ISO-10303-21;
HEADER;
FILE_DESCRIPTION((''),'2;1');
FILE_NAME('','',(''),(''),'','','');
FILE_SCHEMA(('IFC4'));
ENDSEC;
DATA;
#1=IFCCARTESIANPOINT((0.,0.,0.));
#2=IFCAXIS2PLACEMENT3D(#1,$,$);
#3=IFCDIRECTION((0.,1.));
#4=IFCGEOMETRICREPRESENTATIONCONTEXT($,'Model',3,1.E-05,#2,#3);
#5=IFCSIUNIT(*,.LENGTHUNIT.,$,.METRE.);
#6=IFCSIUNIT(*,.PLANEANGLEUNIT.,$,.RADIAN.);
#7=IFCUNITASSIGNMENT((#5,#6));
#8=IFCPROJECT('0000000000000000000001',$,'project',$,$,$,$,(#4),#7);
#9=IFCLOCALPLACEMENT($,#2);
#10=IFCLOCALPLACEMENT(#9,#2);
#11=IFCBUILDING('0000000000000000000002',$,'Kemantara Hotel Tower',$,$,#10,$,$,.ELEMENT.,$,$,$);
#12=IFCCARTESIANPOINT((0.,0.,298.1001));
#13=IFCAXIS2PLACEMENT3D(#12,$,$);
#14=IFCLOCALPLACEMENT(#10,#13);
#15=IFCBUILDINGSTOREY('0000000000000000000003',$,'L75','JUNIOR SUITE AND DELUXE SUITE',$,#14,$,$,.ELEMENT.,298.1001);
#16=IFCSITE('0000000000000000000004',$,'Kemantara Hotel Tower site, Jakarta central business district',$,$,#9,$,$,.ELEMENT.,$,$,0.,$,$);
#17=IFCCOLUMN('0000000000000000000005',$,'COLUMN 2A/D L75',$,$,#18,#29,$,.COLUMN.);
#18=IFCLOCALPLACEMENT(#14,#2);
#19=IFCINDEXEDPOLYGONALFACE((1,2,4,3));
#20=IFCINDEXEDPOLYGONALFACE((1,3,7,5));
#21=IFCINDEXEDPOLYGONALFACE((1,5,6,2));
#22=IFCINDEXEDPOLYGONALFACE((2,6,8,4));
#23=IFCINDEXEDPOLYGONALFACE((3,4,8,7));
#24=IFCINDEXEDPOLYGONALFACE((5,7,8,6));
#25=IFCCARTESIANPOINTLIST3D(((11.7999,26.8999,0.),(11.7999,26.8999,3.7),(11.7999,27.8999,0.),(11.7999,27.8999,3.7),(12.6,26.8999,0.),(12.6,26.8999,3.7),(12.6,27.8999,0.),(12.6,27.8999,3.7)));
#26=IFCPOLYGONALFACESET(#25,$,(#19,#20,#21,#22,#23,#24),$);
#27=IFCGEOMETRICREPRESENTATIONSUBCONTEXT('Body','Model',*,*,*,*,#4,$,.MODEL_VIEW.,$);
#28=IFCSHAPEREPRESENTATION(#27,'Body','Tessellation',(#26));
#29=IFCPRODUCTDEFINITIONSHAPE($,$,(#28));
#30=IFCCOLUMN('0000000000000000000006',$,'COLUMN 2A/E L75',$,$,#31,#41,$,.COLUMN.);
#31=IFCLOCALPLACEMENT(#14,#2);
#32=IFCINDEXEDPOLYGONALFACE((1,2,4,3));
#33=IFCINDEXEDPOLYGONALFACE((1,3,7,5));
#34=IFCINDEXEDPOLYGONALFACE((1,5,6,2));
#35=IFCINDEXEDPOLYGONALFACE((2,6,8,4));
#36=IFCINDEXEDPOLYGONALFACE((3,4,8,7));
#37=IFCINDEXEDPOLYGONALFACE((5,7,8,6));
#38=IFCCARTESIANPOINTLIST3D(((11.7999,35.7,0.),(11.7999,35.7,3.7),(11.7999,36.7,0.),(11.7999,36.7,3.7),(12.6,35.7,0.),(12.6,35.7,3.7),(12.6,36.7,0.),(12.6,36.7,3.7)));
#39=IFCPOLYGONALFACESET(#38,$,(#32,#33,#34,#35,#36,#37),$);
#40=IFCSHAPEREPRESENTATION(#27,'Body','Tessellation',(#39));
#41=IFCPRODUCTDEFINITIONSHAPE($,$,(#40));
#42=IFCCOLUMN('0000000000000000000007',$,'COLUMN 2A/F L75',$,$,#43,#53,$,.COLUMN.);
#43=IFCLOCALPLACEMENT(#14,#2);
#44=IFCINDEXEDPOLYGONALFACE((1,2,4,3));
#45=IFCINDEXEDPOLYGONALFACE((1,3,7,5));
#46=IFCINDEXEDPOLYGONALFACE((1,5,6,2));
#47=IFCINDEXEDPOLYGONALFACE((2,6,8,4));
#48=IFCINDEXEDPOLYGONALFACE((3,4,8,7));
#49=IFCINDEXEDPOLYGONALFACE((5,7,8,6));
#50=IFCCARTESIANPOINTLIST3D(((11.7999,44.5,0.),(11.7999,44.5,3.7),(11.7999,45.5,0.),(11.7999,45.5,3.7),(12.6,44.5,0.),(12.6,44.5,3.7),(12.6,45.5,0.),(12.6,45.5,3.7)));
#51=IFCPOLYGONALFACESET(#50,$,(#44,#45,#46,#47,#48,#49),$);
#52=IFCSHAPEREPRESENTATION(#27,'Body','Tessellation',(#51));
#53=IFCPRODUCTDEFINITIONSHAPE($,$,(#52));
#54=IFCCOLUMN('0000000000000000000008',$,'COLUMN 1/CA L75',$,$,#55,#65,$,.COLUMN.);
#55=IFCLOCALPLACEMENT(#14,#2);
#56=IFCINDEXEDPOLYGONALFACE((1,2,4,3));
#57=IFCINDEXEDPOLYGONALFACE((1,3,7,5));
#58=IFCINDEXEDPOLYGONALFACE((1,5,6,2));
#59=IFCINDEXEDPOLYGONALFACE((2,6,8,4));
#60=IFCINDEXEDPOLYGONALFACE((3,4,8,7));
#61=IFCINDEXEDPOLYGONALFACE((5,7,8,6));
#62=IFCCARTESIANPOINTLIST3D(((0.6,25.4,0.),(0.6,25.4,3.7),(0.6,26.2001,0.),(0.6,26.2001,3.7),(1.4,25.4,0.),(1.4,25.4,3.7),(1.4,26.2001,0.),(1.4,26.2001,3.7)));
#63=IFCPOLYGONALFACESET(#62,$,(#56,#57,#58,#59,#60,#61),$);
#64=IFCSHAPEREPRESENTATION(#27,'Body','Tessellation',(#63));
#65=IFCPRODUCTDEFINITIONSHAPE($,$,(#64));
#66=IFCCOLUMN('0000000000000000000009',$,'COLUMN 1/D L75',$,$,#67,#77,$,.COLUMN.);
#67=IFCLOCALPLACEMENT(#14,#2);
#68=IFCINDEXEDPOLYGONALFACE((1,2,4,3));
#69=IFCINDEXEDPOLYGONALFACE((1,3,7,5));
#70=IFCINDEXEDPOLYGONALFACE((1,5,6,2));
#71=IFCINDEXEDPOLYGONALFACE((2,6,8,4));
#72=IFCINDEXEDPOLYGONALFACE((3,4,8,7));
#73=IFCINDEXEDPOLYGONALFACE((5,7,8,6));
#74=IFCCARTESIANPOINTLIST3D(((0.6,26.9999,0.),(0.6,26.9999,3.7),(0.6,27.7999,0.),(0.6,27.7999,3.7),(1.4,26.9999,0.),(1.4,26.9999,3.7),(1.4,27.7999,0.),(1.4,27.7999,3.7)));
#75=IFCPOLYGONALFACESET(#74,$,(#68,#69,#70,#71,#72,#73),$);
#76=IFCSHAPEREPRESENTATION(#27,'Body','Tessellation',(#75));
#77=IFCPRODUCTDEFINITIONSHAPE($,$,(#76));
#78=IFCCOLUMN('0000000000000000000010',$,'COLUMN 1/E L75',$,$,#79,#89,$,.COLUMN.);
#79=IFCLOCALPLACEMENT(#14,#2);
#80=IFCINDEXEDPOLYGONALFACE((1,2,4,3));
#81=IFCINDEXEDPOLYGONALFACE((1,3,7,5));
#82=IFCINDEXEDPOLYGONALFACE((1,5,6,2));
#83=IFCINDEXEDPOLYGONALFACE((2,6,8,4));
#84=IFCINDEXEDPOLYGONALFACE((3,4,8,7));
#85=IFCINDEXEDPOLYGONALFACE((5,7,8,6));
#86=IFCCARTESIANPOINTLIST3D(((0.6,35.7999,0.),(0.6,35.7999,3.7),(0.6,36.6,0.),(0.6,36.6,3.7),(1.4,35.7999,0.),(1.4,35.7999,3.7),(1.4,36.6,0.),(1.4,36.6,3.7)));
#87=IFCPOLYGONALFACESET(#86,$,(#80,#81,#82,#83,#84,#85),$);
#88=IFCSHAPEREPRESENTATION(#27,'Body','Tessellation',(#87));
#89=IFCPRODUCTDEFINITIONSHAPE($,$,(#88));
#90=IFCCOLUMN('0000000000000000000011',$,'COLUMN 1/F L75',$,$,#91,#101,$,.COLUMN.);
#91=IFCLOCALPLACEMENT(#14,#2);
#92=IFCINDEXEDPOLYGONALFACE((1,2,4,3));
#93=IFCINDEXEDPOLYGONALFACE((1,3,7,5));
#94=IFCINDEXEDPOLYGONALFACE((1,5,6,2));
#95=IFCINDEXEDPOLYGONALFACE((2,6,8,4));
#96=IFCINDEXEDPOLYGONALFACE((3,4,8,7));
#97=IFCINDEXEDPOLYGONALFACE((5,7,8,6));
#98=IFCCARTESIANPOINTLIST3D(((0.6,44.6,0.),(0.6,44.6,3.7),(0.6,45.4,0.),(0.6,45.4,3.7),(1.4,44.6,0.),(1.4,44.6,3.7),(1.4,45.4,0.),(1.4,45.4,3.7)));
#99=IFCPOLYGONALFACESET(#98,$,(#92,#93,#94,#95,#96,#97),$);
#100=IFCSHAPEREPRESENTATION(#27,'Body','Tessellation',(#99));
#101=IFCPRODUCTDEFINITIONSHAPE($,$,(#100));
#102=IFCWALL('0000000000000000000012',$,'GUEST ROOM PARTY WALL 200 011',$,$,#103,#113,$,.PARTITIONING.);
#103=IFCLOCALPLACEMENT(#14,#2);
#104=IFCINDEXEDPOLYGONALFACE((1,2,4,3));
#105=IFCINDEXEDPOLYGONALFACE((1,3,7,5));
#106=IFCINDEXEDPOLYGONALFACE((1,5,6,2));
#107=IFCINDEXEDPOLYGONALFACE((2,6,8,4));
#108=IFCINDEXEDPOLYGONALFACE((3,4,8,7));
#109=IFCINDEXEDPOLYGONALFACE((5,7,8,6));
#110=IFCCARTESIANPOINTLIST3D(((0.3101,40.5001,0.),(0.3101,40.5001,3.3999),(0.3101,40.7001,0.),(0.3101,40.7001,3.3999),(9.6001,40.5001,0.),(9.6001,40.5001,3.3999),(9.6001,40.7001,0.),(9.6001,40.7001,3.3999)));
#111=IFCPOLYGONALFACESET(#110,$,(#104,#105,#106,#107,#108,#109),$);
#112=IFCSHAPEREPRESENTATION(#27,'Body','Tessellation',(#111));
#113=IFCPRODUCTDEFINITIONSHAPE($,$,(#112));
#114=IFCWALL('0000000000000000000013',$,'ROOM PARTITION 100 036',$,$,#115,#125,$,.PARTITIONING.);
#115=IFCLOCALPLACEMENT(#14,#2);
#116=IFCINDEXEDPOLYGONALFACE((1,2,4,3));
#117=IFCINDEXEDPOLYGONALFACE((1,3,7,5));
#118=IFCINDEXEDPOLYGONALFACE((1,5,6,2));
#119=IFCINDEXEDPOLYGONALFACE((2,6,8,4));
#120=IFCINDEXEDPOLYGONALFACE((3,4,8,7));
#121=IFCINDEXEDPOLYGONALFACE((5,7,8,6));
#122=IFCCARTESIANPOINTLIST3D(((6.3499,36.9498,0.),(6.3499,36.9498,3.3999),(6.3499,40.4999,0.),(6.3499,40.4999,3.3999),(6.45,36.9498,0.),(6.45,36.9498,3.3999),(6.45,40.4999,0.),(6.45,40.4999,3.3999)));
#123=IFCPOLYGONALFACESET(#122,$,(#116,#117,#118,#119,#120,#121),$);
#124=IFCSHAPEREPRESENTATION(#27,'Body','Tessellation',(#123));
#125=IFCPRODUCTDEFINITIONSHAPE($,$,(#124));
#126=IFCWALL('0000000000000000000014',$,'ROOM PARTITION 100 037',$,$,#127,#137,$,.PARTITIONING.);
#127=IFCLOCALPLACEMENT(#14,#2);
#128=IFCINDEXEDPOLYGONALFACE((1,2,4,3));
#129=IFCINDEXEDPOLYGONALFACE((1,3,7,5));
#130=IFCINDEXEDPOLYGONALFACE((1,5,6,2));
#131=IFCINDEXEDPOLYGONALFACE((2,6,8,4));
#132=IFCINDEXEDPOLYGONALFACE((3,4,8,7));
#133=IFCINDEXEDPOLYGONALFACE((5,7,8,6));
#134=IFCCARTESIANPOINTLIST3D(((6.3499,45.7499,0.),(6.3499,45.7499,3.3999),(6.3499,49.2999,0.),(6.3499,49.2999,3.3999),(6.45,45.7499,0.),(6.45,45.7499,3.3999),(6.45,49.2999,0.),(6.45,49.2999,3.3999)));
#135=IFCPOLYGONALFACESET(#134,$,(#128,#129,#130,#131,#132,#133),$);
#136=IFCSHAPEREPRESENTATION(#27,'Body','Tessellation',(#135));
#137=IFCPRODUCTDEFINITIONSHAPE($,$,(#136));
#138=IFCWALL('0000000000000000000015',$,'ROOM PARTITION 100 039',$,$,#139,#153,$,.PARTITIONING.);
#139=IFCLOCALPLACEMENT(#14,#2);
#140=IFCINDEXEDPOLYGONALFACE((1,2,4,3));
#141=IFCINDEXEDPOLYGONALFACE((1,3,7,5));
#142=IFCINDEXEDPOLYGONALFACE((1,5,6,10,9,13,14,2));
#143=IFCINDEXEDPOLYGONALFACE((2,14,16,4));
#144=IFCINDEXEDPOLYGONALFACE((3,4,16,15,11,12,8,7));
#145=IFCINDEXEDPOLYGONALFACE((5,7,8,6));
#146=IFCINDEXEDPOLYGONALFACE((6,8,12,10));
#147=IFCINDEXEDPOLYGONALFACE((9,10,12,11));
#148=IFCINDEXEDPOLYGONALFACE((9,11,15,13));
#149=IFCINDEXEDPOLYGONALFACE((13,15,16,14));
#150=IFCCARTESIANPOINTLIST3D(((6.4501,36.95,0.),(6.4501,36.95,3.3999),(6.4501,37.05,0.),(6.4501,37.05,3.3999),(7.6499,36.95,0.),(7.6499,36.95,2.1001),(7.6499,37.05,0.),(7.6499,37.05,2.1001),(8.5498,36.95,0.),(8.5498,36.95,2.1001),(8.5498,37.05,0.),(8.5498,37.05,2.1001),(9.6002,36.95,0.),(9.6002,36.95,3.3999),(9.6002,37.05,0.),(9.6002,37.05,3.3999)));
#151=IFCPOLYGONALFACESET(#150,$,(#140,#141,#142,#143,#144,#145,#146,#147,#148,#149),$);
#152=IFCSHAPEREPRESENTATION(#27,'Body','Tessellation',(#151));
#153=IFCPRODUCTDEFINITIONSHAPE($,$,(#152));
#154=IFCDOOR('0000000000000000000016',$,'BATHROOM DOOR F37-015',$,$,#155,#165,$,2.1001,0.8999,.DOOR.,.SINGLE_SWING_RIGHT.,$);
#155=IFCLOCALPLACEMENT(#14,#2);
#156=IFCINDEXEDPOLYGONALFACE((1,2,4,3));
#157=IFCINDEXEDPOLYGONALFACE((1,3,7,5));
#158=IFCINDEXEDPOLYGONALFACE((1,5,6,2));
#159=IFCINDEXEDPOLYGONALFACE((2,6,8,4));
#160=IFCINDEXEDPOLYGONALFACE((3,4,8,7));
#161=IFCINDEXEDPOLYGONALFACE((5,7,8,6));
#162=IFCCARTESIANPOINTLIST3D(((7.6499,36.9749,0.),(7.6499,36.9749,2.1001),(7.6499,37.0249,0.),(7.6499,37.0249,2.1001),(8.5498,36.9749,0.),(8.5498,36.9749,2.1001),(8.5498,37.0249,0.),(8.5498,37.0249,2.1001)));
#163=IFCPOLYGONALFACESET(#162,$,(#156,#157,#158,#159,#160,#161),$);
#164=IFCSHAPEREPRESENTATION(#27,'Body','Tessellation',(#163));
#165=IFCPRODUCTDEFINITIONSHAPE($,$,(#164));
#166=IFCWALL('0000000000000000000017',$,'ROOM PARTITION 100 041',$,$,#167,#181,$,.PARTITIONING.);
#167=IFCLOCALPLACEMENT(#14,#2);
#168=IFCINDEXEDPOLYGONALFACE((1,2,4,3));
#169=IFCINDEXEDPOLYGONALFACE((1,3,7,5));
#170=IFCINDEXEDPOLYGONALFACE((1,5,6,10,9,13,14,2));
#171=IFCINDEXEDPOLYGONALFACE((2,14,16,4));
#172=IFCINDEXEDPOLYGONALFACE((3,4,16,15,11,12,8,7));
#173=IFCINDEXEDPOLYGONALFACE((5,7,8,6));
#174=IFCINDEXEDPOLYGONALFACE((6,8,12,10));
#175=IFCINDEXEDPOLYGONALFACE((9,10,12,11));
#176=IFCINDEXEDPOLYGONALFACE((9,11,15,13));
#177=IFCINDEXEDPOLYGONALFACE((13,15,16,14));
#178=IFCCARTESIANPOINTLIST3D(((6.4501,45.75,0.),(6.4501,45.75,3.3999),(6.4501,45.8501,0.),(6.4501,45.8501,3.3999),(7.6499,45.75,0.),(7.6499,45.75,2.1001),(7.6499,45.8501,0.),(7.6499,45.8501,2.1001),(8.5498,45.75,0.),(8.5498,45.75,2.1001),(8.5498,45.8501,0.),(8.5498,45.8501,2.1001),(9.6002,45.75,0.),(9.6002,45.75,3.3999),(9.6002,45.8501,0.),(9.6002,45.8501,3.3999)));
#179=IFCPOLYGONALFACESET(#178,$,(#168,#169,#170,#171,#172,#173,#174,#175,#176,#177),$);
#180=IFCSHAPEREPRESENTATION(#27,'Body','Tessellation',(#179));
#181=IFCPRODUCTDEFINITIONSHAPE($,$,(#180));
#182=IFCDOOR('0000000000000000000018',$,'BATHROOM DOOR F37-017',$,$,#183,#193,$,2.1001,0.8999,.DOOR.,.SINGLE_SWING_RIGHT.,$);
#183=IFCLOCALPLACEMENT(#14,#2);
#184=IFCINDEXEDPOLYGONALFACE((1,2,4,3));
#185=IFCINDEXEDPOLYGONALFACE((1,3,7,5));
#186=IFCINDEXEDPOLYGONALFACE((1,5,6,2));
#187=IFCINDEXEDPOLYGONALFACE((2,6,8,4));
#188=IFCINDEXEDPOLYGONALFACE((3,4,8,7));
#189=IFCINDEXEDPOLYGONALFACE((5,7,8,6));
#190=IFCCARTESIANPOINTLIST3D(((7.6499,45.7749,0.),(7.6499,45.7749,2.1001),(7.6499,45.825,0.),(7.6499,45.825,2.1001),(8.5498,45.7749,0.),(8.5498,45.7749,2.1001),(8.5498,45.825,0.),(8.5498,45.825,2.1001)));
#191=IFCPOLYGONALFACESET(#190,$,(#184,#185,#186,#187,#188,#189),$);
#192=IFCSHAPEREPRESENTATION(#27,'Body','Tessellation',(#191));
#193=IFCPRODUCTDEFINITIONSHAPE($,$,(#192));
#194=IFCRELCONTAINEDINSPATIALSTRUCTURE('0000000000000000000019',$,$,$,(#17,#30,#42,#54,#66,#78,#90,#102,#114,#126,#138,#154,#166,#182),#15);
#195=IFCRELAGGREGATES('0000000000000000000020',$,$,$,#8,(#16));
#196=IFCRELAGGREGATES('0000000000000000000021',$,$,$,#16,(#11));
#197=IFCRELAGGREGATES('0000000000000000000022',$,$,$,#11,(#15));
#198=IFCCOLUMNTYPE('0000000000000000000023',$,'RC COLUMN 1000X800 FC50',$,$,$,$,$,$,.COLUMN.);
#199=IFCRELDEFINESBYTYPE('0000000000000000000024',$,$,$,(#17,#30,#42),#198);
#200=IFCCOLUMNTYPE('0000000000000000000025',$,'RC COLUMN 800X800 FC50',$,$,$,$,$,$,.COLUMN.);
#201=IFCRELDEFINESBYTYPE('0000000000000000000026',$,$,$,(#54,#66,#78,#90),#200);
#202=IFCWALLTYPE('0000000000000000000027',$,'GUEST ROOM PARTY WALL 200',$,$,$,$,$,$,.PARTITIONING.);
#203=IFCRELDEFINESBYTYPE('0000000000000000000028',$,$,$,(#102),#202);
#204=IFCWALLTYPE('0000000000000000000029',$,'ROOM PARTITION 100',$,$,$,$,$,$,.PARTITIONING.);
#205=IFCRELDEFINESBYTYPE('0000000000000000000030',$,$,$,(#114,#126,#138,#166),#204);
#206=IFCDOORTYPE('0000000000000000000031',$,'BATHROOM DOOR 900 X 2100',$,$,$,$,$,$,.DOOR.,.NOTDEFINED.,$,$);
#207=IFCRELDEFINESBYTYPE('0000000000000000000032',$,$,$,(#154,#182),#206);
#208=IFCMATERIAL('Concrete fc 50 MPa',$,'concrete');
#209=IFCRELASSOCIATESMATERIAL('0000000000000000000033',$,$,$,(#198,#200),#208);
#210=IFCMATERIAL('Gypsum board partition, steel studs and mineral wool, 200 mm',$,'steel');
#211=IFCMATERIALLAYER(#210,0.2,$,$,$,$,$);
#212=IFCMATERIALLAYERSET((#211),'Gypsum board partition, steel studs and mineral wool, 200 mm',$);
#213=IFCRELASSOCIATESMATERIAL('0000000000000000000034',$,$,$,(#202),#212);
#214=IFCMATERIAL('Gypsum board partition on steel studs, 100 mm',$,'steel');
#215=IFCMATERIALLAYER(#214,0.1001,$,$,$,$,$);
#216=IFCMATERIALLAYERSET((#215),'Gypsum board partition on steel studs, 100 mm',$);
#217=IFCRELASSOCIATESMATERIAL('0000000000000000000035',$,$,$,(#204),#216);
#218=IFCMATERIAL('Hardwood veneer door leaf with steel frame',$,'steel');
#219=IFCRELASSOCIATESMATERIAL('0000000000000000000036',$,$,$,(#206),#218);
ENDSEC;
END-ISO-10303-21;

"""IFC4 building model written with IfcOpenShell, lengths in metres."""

from ifc_helpers import new_model, si_unit, direction, frame, frame_2d, origin, origin_2d, place, context, subcontext, project, spatial, rectangle, extrude, material, layer, layer_set, material_profile, profile_set, type_object, element, fill, save


model = new_model("IFC4")

# Units and contexts
model_context = context("Model", 3, precision=1e-05, world=origin(), true_north=direction((0.0, 1.0)))
body_context = subcontext(model_context, "Body", "Model", "MODEL_VIEW")
ifc_project = project(units=[si_unit("LENGTHUNIT", "METRE"), si_unit("PLANEANGLEUNIT", "RADIAN")], contexts=[model_context])

# Site, building, storey
site_placement = place(None, origin())
site = spatial("IfcSite", under=ifc_project, at=site_placement, Name="Kemantara Hotel Tower site, Jakarta central business district", CompositionType="ELEMENT", RefElevation=0.0)
building_placement = place(site_placement, origin())
building = spatial("IfcBuilding", under=site, at=building_placement, Name="Kemantara Hotel Tower", CompositionType="ELEMENT")
storey_placement = place(building_placement, frame((0.0, 0.0, 298.1001)))
storey = spatial("IfcBuildingStorey", under=building, at=storey_placement, Name="L75", Description="JUNIOR SUITE AND DELUXE SUITE", CompositionType="ELEMENT", Elevation=298.1001)

# Columns
ifc_material_1 = material(Name="Concrete fc 50 MPa", Category="concrete")
ifc_material_profile_1 = material_profile(ifc_material_1, rectangle(XDim=1.0, YDim=0.8, at=origin_2d()), Name="RC 1000X800")
ifc_profile_set_1 = profile_set([ifc_material_profile_1], Name="Concrete fc 50 MPa")
column_type_1 = type_object("IfcColumnType", Name="RC COLUMN 1000X800 FC50", PredefinedType="COLUMN", material=ifc_profile_set_1)
for number, where, z_axis, x_axis, name in (
    (1, (12.2, 27.3999, 0.0), (0.0, 0.0, 1.0), (0.0, 1.0, 0.0), "COLUMN 2A/D L75"),
    (2, (12.2, 36.2, 0.0), (0.0, 0.0, 1.0), (0.0, 1.0, 0.0), "COLUMN 2A/E L75"),
    (3, (12.2, 45.0, 0.0), (0.0, 0.0, 1.0), (0.0, 1.0, 0.0), "COLUMN 2A/F L75"),
):
    element("IfcColumn", number, at=place(storey_placement, frame(where, z_axis=z_axis, x_axis=x_axis)), inside=storey, type_object=column_type_1, Name=name, PredefinedType="COLUMN", context=body_context, shape_type="SweptSolid", body=[
        extrude(rectangle(XDim=1.0, YDim=0.8, at=origin_2d()), origin(), (0.0, 0.0, 1.0), 3.7),
    ])
ifc_material_profile_2 = material_profile(ifc_material_1, rectangle(XDim=0.8, YDim=0.8, at=origin_2d()), Name="RC 800X800")
ifc_profile_set_2 = profile_set([ifc_material_profile_2], Name="Concrete fc 50 MPa")
column_type_2 = type_object("IfcColumnType", Name="RC COLUMN 800X800 FC50", PredefinedType="COLUMN", material=ifc_profile_set_2)
for number, where, z_axis, x_axis, name in (
    (4, (1.0, 25.8, 0.0), (0.0, 0.0, 1.0), (1.0, 0.0, 0.0), "COLUMN 1/CA L75"),
    (5, (1.0, 27.3999, 0.0), (0.0, 0.0, 1.0), (1.0, 0.0, 0.0), "COLUMN 1/D L75"),
    (6, (1.0, 36.2, 0.0), (0.0, 0.0, 1.0), (1.0, 0.0, 0.0), "COLUMN 1/E L75"),
    (7, (1.0, 45.0, 0.0), (0.0, 0.0, 1.0), (1.0, 0.0, 0.0), "COLUMN 1/F L75"),
):
    element("IfcColumn", number, at=place(storey_placement, frame(where, z_axis=z_axis, x_axis=x_axis)), inside=storey, type_object=column_type_2, Name=name, PredefinedType="COLUMN", context=body_context, shape_type="SweptSolid", body=[
        extrude(rectangle(XDim=0.8, YDim=0.8, at=origin_2d()), origin(), (0.0, 0.0, 1.0), 3.7),
    ])

# Walls
ifc_material_2 = material(Name="Gypsum board partition, steel studs and mineral wool, 200 mm", Category="steel")
ifc_layer_1 = layer(ifc_material_2, 0.2)
ifc_layer_set_1 = layer_set([ifc_layer_1], Name="Gypsum board partition, steel studs and mineral wool, 200 mm")
wall_type_1 = type_object("IfcWallType", Name="GUEST ROOM PARTY WALL 200", PredefinedType="PARTITIONING", material=ifc_layer_set_1)
wall_1_placement = place(storey_placement, frame((0.3101, 40.6001, 0.0), z_axis=(0.0, 0.0, 1.0), x_axis=(1.0, 0.0, 0.0)))
element("IfcWall", 8, at=wall_1_placement, inside=storey, type_object=wall_type_1, Name="GUEST ROOM PARTY WALL 200 011", PredefinedType="PARTITIONING", context=body_context, shape_type="SweptSolid", body=[
    extrude(rectangle(XDim=9.29, YDim=0.2, at=frame_2d((4.645, 0.0))), origin(), (0.0, 0.0, 1.0), 3.3999),
])
ifc_material_3 = material(Name="Gypsum board partition on steel studs, 100 mm", Category="steel")
ifc_layer_2 = layer(ifc_material_3, 0.1001)
ifc_layer_set_2 = layer_set([ifc_layer_2], Name="Gypsum board partition on steel studs, 100 mm")
wall_type_2 = type_object("IfcWallType", Name="ROOM PARTITION 100", PredefinedType="PARTITIONING", material=ifc_layer_set_2)
for number, where, z_axis, x_axis, name in (
    (9, (6.3999, 36.95, 0.0), (0.0, 0.0, 1.0), (0.0, 1.0, 0.0), "ROOM PARTITION 100 036"),
    (10, (6.3999, 45.75, 0.0), (0.0, 0.0, 1.0), (0.0, 1.0, 0.0), "ROOM PARTITION 100 037"),
):
    element("IfcWall", number, at=place(storey_placement, frame(where, z_axis=z_axis, x_axis=x_axis)), inside=storey, type_object=wall_type_2, Name=name, PredefinedType="PARTITIONING", context=body_context, shape_type="SweptSolid", body=[
        extrude(rectangle(XDim=3.55, YDim=0.1001, at=frame_2d((1.7749, 0.0))), origin(), (0.0, 0.0, 1.0), 3.3999),
    ])

# Walls, openings, doors
wall_2_placement = place(storey_placement, frame((6.45, 37.0, 0.0), z_axis=(0.0, 0.0, 1.0), x_axis=(1.0, 0.0, 0.0)))
wall_2 = element("IfcWall", 11, at=wall_2_placement, inside=storey, type_object=wall_type_2, Name="ROOM PARTITION 100 039", PredefinedType="PARTITIONING", context=body_context, shape_type="SweptSolid", body=[
    extrude(rectangle(XDim=3.1501, YDim=0.1001, at=frame_2d((1.5752, 0.0))), origin(), (0.0, 0.0, 1.0), 3.3999),
])
opening_1_placement = place(wall_2_placement, frame((1.2, 0.0, 0.0)))
opening_1 = element("IfcOpeningElement", 12, at=opening_1_placement, cuts=wall_2, PredefinedType="OPENING", context=body_context, shape_type="SweptSolid", body=[
    extrude(rectangle(XDim=0.8999, YDim=2.1001, at=frame_2d((0.45, 1.05))), frame((0.0, 0.0601, 0.0), z_axis=(0.0, -1.0, 0.0), x_axis=(1.0, 0.0, 0.0)), (0.0, 0.0, 1.0), 0.1201),
])
ifc_material_4 = material(Name="Hardwood veneer door leaf with steel frame", Category="steel")
door_type = type_object("IfcDoorType", Name="BATHROOM DOOR 900 X 2100", OperationType="NOTDEFINED", PredefinedType="DOOR", material=ifc_material_4)
door_1_placement = place(opening_1_placement, origin())
door_1 = element("IfcDoor", 13, at=door_1_placement, inside=storey, type_object=door_type, Name="BATHROOM DOOR F37-015", OperationType="SINGLE_SWING_RIGHT", OverallHeight=2.1001, OverallWidth=0.8999, PredefinedType="DOOR", context=body_context, shape_type="SweptSolid", body=[
    extrude(rectangle(XDim=0.8999, YDim=2.1001, at=frame_2d((0.45, 1.05))), frame((0.0, 0.0249, 0.0), z_axis=(0.0, -1.0, 0.0), x_axis=(1.0, 0.0, 0.0)), (0.0, 0.0, 1.0), 0.05),
])
fill(opening_1, door_1)
wall_3_placement = place(storey_placement, frame((6.45, 45.8, 0.0), z_axis=(0.0, 0.0, 1.0), x_axis=(1.0, 0.0, 0.0)))
wall_3 = element("IfcWall", 14, at=wall_3_placement, inside=storey, type_object=wall_type_2, Name="ROOM PARTITION 100 041", PredefinedType="PARTITIONING", context=body_context, shape_type="SweptSolid", body=[
    extrude(rectangle(XDim=3.1501, YDim=0.1001, at=frame_2d((1.5752, 0.0))), origin(), (0.0, 0.0, 1.0), 3.3999),
])
opening_2_placement = place(wall_3_placement, frame((1.2, 0.0, 0.0)))
opening_2 = element("IfcOpeningElement", 15, at=opening_2_placement, cuts=wall_3, PredefinedType="OPENING", context=body_context, shape_type="SweptSolid", body=[
    extrude(rectangle(XDim=0.8999, YDim=2.1001, at=frame_2d((0.45, 1.05))), frame((0.0, 0.0601, 0.0), z_axis=(0.0, -1.0, 0.0), x_axis=(1.0, 0.0, 0.0)), (0.0, 0.0, 1.0), 0.1201),
])
door_2_placement = place(opening_2_placement, origin())
door_2 = element("IfcDoor", 16, at=door_2_placement, inside=storey, type_object=door_type, Name="BATHROOM DOOR F37-017", OperationType="SINGLE_SWING_RIGHT", OverallHeight=2.1001, OverallWidth=0.8999, PredefinedType="DOOR", context=body_context, shape_type="SweptSolid", body=[
    extrude(rectangle(XDim=0.8999, YDim=2.1001, at=frame_2d((0.45, 1.05))), frame((0.0, 0.0249, 0.0), z_axis=(0.0, -1.0, 0.0), x_axis=(1.0, 0.0, 0.0)), (0.0, 0.0, 1.0), 0.05),
])
fill(opening_2, door_2)

save(model, "model.ifc")
